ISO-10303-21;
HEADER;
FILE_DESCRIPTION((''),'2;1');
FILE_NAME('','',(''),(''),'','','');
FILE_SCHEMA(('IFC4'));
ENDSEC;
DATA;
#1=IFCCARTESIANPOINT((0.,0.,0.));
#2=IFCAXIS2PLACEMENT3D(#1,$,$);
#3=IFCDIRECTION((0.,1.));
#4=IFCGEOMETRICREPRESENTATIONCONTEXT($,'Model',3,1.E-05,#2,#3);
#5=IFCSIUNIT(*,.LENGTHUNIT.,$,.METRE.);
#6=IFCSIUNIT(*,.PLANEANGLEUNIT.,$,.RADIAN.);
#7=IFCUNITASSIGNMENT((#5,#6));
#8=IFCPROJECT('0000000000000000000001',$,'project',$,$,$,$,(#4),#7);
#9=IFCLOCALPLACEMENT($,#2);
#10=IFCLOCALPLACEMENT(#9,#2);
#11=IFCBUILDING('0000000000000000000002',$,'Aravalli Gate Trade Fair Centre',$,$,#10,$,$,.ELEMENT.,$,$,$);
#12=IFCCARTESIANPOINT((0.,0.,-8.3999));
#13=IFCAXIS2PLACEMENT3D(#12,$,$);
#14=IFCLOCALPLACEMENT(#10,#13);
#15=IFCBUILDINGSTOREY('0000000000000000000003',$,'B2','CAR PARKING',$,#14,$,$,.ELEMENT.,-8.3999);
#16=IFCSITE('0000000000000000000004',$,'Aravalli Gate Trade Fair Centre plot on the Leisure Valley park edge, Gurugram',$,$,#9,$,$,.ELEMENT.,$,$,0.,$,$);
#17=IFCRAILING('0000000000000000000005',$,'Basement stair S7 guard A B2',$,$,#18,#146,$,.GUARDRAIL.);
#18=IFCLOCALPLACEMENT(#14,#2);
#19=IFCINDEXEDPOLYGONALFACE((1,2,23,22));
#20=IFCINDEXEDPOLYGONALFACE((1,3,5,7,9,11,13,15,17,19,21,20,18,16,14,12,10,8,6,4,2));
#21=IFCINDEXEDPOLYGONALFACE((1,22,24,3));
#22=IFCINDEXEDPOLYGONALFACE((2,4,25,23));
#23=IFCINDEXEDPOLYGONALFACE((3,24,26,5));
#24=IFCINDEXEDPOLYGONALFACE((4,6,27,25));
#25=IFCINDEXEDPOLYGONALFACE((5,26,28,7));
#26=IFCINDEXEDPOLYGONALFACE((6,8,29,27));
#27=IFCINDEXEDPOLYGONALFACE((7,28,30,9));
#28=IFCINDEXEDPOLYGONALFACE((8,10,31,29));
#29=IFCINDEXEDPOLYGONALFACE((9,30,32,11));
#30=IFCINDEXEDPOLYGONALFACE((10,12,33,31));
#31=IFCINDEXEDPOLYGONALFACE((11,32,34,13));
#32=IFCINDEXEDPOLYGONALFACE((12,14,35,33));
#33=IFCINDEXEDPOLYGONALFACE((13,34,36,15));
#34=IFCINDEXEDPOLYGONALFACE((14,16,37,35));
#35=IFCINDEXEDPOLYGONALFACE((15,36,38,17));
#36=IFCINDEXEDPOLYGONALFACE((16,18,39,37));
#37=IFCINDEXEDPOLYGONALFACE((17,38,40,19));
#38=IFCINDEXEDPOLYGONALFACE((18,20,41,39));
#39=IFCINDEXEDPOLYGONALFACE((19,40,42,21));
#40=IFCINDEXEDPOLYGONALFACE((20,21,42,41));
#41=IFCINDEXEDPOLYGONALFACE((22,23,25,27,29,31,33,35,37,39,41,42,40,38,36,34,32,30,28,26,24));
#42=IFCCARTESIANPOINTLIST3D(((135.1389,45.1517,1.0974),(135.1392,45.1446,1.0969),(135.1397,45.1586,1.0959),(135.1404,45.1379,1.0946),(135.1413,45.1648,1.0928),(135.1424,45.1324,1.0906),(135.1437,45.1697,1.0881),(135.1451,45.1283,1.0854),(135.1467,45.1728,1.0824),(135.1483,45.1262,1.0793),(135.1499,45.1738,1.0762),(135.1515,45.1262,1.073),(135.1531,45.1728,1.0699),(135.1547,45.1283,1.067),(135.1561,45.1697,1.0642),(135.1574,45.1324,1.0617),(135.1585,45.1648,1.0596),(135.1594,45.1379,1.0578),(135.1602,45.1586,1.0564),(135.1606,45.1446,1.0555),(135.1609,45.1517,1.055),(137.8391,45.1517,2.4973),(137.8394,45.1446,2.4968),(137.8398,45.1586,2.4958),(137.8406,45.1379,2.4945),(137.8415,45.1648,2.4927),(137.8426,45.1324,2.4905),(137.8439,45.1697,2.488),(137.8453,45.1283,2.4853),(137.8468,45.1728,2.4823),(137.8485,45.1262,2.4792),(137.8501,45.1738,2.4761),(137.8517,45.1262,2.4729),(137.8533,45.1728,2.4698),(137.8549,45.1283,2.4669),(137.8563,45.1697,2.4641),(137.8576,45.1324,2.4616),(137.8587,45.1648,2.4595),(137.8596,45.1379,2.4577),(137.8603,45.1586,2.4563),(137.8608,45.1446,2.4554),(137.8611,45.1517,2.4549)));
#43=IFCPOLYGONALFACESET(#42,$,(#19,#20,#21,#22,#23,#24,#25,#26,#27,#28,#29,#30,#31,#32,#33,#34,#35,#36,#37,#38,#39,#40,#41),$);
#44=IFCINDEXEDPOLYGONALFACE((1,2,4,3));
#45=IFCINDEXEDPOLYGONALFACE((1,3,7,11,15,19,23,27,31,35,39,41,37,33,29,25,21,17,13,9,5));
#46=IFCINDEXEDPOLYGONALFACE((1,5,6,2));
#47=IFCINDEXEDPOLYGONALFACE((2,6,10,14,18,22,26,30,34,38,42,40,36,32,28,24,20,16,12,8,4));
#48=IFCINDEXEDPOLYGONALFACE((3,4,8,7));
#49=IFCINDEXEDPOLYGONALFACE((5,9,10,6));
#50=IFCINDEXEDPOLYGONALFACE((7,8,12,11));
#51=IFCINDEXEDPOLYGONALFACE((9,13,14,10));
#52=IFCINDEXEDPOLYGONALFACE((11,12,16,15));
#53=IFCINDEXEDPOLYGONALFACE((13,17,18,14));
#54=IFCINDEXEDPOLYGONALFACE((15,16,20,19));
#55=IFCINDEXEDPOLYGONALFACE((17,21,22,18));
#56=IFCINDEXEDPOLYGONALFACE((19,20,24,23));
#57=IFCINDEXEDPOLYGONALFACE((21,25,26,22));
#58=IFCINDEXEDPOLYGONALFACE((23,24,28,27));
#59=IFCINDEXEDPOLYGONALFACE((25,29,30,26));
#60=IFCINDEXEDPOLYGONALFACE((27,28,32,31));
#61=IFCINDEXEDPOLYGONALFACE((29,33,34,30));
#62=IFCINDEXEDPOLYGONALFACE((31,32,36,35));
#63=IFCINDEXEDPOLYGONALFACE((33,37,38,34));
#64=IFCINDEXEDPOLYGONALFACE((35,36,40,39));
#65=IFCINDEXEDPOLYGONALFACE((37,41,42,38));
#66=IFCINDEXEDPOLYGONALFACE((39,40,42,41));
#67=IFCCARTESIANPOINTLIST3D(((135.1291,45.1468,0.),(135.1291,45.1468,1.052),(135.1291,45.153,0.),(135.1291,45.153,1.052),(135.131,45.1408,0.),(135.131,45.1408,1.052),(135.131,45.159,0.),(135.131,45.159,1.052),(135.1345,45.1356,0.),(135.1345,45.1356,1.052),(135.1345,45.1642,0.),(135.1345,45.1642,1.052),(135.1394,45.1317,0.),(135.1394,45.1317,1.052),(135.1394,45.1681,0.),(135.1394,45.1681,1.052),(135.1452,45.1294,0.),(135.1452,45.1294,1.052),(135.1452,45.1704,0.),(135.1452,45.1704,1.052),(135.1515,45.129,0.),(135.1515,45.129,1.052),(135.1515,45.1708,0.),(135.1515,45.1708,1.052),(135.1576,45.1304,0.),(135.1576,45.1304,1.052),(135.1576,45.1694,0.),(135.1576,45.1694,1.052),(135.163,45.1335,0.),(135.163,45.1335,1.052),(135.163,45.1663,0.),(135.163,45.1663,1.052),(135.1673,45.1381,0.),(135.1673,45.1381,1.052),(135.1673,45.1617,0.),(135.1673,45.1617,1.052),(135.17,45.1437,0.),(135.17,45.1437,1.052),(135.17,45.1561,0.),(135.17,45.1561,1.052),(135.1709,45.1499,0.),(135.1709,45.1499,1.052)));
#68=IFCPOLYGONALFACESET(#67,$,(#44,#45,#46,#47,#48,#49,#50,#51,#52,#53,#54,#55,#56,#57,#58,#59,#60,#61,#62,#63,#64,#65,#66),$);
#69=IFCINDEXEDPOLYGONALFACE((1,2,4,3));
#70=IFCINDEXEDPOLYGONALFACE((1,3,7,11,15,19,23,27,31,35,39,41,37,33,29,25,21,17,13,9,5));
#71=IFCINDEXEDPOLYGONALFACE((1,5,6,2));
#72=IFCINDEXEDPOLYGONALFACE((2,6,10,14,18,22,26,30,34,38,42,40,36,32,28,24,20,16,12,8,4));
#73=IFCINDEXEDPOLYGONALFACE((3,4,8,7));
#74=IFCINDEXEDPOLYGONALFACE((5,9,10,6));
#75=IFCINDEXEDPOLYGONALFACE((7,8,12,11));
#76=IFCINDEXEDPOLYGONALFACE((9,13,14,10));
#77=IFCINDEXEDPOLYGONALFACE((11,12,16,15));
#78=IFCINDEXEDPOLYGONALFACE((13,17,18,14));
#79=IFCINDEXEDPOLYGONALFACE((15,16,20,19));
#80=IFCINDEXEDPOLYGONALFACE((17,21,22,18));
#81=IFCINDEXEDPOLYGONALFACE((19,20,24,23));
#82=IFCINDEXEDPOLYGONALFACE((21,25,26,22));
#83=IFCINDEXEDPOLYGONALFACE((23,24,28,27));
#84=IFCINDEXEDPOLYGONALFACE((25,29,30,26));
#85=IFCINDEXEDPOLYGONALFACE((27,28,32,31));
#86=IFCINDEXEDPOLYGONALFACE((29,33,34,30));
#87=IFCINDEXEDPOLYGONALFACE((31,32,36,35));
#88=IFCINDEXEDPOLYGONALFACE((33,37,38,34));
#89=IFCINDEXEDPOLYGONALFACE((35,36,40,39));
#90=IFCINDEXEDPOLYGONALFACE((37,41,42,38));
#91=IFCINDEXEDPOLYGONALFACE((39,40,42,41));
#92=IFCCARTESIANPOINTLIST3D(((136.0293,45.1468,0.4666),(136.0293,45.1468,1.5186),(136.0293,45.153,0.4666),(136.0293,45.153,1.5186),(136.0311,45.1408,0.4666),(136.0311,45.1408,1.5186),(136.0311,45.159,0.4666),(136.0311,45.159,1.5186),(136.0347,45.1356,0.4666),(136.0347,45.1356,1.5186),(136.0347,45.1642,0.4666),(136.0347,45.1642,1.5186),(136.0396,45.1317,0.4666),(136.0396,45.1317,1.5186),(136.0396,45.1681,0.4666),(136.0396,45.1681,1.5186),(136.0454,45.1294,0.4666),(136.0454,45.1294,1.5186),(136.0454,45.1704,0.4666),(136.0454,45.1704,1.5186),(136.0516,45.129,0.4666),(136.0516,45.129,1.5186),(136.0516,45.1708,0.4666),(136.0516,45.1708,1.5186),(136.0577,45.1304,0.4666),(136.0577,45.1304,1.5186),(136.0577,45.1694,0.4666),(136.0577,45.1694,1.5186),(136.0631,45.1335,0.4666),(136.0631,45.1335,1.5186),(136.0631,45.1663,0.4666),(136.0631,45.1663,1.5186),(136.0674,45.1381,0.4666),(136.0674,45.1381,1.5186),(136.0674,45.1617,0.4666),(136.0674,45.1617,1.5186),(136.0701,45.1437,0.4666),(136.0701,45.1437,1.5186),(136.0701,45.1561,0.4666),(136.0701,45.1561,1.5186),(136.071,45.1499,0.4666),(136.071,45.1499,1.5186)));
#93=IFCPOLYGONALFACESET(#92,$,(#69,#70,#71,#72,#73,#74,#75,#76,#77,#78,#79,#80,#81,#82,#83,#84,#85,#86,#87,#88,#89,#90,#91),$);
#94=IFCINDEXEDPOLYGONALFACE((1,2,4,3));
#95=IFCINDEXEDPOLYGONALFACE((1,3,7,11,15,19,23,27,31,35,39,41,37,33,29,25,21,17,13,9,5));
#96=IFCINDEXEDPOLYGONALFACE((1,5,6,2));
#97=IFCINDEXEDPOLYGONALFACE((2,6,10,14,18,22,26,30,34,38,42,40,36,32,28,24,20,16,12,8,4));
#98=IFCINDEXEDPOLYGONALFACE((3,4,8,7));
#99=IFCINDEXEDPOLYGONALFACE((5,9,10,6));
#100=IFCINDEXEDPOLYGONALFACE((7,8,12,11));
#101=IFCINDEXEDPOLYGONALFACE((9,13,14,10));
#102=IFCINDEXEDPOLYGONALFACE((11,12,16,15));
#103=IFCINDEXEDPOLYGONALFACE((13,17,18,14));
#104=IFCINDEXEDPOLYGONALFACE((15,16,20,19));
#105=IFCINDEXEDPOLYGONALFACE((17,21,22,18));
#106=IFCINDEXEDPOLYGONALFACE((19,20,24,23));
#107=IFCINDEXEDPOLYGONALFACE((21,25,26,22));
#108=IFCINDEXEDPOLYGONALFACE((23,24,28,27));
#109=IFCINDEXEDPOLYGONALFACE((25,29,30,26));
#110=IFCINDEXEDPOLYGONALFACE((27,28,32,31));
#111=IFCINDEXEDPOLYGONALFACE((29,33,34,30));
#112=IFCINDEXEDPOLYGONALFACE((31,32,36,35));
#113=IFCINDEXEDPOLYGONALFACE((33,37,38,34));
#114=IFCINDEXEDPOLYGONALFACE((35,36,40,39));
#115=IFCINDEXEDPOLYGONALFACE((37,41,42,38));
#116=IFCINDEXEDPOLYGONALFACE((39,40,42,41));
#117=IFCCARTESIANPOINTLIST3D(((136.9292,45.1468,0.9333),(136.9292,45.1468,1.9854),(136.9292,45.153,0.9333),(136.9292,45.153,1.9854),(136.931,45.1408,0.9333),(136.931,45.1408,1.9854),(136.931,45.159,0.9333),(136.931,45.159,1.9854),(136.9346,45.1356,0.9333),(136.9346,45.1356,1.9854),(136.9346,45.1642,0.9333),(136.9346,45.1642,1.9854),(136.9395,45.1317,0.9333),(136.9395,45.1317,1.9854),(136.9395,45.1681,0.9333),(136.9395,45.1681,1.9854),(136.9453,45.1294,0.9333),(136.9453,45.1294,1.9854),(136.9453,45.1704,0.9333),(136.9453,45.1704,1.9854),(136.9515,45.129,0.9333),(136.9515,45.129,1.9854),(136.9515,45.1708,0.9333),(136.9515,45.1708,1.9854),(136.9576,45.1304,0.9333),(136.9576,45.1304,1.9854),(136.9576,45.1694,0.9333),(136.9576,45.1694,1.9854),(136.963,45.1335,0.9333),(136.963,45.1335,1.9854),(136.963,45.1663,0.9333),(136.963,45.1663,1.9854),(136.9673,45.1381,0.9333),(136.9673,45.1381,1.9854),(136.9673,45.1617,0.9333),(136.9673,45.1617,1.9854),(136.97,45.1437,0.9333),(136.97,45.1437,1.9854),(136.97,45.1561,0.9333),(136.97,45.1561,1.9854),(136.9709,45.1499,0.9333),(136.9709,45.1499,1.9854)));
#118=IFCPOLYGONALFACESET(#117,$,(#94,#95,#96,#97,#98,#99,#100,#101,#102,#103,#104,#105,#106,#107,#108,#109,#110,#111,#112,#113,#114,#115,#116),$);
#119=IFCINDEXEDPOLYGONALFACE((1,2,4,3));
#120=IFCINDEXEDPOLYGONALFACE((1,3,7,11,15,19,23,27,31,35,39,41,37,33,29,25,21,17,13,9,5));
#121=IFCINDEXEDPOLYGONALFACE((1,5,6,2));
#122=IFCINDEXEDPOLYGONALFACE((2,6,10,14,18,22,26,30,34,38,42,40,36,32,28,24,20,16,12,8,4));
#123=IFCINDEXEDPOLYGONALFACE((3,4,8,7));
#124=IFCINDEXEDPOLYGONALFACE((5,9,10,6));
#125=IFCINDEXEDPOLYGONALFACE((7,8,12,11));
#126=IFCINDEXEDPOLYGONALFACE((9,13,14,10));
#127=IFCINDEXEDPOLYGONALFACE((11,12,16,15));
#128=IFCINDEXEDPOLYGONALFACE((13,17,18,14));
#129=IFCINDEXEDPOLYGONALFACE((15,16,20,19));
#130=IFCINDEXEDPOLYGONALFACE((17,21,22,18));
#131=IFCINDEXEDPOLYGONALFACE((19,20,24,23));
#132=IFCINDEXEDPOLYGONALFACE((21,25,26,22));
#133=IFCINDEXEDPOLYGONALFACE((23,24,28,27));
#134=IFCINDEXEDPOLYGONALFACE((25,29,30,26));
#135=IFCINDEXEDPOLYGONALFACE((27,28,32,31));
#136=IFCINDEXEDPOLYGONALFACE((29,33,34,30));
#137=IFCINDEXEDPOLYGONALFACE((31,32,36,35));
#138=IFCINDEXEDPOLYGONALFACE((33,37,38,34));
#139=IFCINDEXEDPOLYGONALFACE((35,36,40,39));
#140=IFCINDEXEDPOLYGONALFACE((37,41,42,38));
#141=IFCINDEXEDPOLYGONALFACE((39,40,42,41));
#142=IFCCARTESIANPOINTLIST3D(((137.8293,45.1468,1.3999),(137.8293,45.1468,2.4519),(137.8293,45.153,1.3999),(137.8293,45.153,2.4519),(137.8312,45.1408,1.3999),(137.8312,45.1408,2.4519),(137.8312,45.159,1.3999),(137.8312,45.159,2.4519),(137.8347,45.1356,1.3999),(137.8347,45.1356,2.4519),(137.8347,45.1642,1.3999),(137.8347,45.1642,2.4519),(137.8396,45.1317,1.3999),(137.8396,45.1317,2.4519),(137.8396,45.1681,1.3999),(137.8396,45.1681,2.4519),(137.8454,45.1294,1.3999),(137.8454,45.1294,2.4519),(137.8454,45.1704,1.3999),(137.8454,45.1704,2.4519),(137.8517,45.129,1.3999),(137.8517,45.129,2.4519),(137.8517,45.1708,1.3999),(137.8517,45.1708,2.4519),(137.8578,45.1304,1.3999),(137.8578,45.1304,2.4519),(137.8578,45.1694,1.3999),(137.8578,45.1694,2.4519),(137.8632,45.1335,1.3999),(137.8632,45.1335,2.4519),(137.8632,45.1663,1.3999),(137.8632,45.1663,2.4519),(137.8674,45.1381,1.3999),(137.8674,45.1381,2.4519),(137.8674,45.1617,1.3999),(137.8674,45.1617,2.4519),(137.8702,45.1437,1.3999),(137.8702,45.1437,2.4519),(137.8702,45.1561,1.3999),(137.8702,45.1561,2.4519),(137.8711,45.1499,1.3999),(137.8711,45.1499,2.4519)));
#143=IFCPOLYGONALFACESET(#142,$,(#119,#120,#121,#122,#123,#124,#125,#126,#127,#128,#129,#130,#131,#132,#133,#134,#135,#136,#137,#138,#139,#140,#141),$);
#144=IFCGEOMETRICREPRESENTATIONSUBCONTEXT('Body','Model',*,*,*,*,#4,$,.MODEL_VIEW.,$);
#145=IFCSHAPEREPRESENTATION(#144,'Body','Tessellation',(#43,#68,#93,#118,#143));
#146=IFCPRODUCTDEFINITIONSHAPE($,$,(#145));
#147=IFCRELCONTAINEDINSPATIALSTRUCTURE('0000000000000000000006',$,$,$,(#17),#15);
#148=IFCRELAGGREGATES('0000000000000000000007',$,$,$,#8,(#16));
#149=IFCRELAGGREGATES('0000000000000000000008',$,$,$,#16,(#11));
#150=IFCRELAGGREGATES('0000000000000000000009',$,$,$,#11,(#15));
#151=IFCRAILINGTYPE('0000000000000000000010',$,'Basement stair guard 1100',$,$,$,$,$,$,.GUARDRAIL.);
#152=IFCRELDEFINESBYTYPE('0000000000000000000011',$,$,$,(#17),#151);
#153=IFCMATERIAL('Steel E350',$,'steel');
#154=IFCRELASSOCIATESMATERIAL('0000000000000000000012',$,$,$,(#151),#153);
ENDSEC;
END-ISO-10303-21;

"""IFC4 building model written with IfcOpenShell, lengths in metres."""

from ifc_helpers import new_model, si_unit, direction, frame, origin, origin_2d, place, context, subcontext, project, spatial, circle, extrude, material, type_object, element, save


model = new_model("IFC4")

# Units and contexts
model_context = context("Model", 3, precision=1e-05, world=origin(), true_north=direction((0.0, 1.0)))
body_context = subcontext(model_context, "Body", "Model", "MODEL_VIEW")
ifc_project = project(units=[si_unit("LENGTHUNIT", "METRE"), si_unit("PLANEANGLEUNIT", "RADIAN")], contexts=[model_context])

# Site, building, storey
site_placement = place(None, origin())
site = spatial("IfcSite", under=ifc_project, at=site_placement, Name="Aravalli Gate Trade Fair Centre plot on the Leisure Valley park edge, Gurugram", CompositionType="ELEMENT", RefElevation=0.0)
building_placement = place(site_placement, origin())
building = spatial("IfcBuilding", under=site, at=building_placement, Name="Aravalli Gate Trade Fair Centre", CompositionType="ELEMENT")
storey_placement = place(building_placement, frame((0.0, 0.0, -8.3999)))
storey = spatial("IfcBuildingStorey", under=building, at=storey_placement, Name="B2", Description="CAR PARKING", CompositionType="ELEMENT", Elevation=-8.3999)

# Railing
ifc_material_1 = material(Name="Steel E350", Category="steel")
railing_type = type_object("IfcRailingType", Name="Basement stair guard 1100", PredefinedType="GUARDRAIL", material=ifc_material_1)
railing_1_placement = place(storey_placement, frame((135.1499, 45.1499, 0.0)))
element("IfcRailing", 1, at=railing_1_placement, inside=storey, type_object=railing_type, Name="Basement stair S7 guard A B2", PredefinedType="GUARDRAIL", context=body_context, shape_type="SweptSolid", body=[
    extrude(circle(Radius=0.0239, at=origin_2d()), frame((0.0, 0.0, 1.0762), z_axis=(0.887781, 0.0, 0.460266), x_axis=(0.0, 1.0, 0.0)), (0.0, 0.0, 1.0), 3.0415),
    extrude(circle(Radius=0.021, at=origin_2d()), origin(), (0.0, 0.0, 1.0), 1.052),
    extrude(circle(Radius=0.021, at=origin_2d()), frame((0.9001, 0.0, 0.4666)), (0.0, 0.0, 1.0), 1.052),
    extrude(circle(Radius=0.021, at=origin_2d()), frame((1.8, 0.0, 0.9333)), (0.0, 0.0, 1.0), 1.052),
    extrude(circle(Radius=0.021, at=origin_2d()), frame((2.7002, 0.0, 1.3999)), (0.0, 0.0, 1.0), 1.052),
])

save(model, "model.ifc")
